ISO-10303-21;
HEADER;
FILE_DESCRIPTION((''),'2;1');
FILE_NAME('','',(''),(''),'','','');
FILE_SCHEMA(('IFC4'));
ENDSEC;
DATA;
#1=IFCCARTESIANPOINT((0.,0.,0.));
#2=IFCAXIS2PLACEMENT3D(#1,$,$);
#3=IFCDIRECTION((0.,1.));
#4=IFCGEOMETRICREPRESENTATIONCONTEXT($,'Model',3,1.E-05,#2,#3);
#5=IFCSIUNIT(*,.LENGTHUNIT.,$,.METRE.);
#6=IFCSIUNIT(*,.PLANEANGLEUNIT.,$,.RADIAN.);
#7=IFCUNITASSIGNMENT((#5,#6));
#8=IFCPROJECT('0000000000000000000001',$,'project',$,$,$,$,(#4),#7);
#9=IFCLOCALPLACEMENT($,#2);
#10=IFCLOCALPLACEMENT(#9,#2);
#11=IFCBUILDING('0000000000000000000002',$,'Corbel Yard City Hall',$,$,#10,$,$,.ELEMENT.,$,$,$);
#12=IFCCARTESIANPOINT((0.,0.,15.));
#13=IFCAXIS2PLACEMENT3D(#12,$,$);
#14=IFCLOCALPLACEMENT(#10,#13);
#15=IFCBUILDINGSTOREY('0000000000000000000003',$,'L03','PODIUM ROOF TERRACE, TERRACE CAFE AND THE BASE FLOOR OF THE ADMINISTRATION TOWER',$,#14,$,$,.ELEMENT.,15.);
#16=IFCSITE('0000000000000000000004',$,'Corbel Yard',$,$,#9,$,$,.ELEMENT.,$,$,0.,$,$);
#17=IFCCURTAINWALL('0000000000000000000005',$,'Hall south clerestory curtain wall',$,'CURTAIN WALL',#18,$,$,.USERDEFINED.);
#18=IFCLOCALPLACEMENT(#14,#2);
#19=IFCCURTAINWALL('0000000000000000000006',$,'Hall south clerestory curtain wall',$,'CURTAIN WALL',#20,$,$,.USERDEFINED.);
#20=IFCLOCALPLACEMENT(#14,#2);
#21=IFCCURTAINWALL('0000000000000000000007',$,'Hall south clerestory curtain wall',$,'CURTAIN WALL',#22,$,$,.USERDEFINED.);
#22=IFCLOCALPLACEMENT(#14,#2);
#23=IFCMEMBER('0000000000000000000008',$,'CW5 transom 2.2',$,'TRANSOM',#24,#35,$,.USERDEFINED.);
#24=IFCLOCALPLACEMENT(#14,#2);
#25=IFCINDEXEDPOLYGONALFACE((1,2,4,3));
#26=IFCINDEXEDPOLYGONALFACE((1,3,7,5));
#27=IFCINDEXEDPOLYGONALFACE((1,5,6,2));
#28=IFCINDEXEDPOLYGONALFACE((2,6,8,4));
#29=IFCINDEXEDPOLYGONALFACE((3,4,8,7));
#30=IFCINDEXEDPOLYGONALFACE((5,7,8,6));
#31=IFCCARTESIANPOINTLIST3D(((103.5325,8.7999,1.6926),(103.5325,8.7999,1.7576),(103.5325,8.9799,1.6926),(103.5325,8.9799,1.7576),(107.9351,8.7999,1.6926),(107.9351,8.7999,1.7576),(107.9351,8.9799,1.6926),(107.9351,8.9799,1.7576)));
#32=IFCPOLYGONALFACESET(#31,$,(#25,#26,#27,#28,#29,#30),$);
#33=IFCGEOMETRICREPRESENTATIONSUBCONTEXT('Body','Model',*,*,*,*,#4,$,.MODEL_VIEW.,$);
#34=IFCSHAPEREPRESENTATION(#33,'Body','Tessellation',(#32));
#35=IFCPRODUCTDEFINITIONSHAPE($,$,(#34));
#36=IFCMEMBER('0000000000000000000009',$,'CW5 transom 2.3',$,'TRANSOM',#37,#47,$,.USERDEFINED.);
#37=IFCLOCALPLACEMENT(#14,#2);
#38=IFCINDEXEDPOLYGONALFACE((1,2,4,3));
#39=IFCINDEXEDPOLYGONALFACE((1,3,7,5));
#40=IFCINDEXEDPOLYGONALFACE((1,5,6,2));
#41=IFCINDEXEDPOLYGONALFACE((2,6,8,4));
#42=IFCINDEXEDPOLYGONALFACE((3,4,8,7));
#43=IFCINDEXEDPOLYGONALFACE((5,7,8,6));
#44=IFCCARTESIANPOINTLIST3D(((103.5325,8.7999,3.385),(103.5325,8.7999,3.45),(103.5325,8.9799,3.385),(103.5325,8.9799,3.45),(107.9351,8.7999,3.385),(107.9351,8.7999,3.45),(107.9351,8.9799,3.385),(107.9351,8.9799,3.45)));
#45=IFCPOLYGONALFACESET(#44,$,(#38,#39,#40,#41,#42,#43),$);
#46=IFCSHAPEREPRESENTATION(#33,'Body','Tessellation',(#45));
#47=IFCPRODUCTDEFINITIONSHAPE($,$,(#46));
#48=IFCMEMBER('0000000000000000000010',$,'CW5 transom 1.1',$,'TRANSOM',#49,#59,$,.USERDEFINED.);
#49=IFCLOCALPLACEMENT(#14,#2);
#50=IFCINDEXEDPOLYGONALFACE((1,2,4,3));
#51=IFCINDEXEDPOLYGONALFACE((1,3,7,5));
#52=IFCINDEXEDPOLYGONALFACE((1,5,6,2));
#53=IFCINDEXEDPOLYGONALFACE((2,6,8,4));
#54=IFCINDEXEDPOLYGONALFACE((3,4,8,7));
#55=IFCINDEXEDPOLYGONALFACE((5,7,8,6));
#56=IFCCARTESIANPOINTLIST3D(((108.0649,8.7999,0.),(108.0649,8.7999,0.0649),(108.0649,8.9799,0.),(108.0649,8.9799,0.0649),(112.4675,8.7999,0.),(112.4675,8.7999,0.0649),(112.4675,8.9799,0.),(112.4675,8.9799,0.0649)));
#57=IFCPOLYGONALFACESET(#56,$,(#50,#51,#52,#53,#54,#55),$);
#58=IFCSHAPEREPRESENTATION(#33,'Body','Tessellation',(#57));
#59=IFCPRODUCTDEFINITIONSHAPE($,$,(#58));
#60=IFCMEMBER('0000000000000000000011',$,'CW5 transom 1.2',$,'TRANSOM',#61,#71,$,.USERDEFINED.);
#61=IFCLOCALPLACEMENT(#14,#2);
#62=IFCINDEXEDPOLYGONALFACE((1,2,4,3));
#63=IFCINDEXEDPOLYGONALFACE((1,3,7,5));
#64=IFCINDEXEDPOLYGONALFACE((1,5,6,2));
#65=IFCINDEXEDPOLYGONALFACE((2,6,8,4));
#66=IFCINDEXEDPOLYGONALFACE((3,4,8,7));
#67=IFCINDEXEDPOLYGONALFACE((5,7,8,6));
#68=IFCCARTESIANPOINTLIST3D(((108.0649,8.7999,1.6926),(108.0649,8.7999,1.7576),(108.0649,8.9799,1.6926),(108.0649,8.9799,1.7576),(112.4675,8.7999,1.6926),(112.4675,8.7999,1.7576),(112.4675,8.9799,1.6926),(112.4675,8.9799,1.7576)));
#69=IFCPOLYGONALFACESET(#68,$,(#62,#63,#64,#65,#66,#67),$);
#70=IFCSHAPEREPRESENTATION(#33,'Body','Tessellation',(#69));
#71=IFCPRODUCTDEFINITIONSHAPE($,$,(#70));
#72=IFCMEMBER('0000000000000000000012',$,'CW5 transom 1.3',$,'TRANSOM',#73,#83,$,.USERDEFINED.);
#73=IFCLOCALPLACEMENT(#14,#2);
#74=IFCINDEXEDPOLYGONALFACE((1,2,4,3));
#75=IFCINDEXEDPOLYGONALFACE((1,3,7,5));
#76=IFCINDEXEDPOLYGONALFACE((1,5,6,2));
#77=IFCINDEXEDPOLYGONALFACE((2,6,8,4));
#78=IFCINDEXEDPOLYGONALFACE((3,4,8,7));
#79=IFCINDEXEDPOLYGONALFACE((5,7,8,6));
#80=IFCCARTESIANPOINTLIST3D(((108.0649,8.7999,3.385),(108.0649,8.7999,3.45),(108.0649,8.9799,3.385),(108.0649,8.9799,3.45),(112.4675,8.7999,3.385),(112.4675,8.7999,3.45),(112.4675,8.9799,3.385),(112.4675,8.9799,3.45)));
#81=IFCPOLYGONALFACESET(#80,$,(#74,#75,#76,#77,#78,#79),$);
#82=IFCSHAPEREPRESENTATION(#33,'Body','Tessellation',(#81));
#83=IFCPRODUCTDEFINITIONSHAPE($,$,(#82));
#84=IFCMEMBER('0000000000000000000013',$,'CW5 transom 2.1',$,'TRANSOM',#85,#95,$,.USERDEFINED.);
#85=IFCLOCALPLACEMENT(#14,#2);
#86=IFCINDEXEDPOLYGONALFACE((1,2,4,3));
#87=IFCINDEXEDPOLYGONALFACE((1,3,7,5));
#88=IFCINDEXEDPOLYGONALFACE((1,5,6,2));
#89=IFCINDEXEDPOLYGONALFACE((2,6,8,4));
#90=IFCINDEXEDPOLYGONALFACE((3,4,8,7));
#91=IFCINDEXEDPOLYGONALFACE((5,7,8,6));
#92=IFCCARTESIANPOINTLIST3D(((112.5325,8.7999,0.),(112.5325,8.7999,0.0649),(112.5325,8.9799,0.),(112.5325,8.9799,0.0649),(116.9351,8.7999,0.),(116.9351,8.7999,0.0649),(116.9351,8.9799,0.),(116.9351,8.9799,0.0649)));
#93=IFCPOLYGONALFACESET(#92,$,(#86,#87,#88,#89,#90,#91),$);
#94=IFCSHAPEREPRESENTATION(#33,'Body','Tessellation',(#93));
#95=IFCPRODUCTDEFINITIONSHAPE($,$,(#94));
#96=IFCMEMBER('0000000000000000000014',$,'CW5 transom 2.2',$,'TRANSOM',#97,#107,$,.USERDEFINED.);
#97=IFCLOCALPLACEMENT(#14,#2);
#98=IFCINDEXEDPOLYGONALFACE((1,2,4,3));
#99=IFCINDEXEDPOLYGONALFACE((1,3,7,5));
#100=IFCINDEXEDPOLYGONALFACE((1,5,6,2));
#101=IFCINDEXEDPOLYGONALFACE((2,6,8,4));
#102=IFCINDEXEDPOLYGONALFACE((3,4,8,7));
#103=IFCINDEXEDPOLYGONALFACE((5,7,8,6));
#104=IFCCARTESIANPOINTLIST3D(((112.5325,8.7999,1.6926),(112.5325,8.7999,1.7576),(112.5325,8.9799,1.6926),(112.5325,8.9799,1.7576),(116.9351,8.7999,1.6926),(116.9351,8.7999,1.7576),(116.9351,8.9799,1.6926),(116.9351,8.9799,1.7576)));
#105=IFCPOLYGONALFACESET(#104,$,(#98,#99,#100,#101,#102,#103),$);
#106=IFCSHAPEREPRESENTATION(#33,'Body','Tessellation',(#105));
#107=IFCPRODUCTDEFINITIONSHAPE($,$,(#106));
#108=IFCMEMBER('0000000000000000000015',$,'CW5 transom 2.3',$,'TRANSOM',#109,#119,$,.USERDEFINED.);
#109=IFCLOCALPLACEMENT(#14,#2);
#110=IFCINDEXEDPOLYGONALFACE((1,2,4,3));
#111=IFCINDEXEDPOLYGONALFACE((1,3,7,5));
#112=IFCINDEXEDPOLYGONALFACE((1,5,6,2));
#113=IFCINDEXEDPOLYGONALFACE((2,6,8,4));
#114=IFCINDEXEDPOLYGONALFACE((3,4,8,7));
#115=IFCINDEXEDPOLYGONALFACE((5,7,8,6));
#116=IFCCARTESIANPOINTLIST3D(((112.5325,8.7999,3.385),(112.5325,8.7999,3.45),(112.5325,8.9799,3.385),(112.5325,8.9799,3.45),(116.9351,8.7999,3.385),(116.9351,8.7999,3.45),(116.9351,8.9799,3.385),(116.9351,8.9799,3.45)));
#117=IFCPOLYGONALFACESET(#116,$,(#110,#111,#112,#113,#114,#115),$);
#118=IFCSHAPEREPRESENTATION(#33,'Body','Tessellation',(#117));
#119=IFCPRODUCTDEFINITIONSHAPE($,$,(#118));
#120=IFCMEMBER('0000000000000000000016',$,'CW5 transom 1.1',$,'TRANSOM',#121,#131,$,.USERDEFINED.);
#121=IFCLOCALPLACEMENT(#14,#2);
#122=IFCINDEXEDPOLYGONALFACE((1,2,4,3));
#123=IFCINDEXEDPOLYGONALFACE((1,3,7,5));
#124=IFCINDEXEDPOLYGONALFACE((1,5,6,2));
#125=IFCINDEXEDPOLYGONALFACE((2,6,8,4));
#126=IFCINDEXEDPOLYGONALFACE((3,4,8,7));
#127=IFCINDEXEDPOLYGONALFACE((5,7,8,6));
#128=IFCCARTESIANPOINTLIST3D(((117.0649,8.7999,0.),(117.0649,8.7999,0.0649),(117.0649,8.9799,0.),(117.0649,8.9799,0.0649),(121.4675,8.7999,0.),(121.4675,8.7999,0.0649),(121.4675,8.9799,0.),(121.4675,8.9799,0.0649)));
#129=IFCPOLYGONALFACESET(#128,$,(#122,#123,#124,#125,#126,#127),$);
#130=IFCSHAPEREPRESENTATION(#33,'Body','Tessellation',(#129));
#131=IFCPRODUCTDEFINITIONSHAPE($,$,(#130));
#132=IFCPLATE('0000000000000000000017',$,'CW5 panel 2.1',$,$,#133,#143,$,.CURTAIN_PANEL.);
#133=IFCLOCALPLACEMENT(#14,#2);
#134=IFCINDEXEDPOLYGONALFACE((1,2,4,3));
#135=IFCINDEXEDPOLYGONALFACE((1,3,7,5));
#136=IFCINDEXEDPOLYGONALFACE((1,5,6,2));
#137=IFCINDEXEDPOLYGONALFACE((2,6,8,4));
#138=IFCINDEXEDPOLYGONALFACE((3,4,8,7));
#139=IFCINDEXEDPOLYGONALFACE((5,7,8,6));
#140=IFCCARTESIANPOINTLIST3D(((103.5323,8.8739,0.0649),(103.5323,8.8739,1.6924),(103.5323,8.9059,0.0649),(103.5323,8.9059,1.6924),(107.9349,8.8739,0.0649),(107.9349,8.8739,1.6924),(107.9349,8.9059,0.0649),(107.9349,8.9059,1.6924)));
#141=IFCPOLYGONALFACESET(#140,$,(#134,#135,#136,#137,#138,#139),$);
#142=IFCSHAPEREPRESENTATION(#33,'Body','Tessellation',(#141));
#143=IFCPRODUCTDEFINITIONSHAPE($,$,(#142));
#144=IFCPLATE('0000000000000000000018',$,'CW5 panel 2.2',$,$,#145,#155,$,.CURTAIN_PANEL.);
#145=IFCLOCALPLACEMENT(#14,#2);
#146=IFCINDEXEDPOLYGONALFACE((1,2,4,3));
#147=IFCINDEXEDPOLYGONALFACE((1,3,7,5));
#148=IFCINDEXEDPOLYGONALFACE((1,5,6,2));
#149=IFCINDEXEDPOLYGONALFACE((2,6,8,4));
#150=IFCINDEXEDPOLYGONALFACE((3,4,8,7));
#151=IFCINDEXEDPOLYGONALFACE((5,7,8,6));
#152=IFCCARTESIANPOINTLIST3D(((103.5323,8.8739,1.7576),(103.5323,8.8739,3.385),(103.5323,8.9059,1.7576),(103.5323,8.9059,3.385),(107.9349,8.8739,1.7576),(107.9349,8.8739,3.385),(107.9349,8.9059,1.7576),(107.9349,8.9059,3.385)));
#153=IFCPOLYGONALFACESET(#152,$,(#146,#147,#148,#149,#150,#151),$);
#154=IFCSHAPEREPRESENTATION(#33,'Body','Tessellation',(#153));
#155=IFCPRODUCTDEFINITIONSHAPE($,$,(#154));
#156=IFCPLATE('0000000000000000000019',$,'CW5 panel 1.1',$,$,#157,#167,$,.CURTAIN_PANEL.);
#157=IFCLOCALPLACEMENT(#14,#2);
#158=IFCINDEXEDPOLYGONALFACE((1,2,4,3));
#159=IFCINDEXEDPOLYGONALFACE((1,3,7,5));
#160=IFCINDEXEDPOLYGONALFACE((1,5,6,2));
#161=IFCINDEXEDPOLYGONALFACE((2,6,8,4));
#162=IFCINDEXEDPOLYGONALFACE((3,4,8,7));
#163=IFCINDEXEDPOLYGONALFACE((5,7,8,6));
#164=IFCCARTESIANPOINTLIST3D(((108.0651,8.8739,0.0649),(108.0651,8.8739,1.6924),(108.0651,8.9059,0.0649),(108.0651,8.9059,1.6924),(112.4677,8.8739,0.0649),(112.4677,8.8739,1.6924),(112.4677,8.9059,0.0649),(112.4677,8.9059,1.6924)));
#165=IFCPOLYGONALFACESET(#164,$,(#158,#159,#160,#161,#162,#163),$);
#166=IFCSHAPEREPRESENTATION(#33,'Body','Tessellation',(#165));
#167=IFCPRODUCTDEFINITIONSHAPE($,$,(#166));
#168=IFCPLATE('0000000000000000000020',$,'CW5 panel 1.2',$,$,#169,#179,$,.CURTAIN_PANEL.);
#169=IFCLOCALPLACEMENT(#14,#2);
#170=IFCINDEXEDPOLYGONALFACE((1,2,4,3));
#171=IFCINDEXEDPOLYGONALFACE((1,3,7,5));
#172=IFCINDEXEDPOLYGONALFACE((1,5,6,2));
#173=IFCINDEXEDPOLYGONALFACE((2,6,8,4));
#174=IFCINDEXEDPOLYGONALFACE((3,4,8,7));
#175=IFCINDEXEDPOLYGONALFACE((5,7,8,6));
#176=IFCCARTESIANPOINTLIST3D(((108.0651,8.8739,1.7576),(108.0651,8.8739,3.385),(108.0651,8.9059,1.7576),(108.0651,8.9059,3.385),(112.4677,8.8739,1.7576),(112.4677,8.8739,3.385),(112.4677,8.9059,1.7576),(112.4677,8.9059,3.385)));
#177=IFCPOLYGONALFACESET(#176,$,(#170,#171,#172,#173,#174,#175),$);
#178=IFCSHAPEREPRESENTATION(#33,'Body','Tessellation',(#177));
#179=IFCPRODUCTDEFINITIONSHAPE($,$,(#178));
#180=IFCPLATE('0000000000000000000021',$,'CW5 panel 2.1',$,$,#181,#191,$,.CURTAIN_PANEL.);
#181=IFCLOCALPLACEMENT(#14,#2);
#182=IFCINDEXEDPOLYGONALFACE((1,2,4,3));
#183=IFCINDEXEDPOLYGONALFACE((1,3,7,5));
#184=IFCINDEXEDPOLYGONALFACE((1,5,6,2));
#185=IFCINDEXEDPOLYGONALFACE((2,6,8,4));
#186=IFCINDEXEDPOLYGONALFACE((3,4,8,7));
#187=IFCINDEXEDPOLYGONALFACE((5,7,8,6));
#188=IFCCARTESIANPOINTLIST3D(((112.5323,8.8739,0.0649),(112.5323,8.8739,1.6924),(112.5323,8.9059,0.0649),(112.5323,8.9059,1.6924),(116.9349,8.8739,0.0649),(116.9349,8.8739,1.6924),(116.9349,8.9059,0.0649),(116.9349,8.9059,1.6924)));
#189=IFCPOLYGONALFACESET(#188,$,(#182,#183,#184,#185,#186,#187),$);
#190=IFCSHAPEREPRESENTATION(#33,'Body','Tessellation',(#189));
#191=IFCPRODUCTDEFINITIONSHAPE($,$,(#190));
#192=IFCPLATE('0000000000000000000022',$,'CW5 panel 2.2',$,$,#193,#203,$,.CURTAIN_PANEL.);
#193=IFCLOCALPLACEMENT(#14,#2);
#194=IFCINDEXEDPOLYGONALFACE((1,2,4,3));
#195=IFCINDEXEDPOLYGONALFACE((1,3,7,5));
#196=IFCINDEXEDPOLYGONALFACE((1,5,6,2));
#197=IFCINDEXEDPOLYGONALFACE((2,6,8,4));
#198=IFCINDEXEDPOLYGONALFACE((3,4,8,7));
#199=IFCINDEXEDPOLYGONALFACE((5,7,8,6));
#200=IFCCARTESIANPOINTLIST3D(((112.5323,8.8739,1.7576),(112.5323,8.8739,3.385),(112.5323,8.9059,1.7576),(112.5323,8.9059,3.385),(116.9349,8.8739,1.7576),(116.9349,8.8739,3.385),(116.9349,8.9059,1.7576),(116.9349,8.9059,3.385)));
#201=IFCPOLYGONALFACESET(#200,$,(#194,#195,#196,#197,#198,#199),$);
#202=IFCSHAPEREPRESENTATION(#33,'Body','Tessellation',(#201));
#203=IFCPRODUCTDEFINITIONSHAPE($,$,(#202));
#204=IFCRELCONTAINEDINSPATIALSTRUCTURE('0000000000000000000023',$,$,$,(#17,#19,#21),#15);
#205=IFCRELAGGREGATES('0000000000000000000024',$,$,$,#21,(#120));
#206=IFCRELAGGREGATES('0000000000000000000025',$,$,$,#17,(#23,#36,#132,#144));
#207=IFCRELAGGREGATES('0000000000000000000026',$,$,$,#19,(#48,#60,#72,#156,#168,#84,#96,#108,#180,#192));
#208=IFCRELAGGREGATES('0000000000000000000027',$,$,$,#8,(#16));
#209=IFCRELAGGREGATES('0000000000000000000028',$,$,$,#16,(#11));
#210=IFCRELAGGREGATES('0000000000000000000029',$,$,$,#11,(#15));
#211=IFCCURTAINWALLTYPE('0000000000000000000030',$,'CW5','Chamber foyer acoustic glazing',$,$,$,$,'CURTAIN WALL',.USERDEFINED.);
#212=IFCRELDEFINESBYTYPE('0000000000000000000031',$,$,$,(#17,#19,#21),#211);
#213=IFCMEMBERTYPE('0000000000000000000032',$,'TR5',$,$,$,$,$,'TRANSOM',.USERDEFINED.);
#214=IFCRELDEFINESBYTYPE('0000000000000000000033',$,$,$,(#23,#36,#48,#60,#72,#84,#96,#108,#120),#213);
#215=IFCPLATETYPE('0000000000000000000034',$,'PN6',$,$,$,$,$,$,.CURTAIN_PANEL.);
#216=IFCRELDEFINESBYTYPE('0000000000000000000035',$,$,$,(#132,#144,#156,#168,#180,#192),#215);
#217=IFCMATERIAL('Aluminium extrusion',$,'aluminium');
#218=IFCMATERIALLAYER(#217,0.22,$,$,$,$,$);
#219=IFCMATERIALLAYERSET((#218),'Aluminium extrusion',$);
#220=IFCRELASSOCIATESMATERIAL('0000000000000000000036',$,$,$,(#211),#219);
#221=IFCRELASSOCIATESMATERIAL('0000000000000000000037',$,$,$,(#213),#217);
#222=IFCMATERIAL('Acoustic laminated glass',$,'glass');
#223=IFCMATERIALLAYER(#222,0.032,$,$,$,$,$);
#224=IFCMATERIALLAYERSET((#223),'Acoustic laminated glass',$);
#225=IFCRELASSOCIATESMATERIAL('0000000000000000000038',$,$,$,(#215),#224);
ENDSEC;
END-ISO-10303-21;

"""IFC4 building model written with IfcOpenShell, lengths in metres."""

from ifc_helpers import new_model, si_unit, direction, frame, origin, origin_2d, place, context, subcontext, project, spatial, rectangle, extrude, material, layer, layer_set, material_profile, profile_set, type_object, element, aggregate, save


model = new_model("IFC4")

# Units and contexts
model_context = context("Model", 3, precision=1e-05, world=origin(), true_north=direction((0.0, 1.0)))
body_context = subcontext(model_context, "Body", "Model", "MODEL_VIEW")
ifc_project = project(units=[si_unit("LENGTHUNIT", "METRE"), si_unit("PLANEANGLEUNIT", "RADIAN")], contexts=[model_context])

# Site, building, storey
site_placement = place(None, origin())
site = spatial("IfcSite", under=ifc_project, at=site_placement, Name="Corbel Yard", CompositionType="ELEMENT", RefElevation=0.0)
building_placement = place(site_placement, origin())
building = spatial("IfcBuilding", under=site, at=building_placement, Name="Corbel Yard City Hall", CompositionType="ELEMENT")
storey_placement = place(building_placement, frame((0.0, 0.0, 15.0)))
storey = spatial("IfcBuildingStorey", under=building, at=storey_placement, Name="L03", Description="PODIUM ROOF TERRACE, TERRACE CAFE AND THE BASE FLOOR OF THE ADMINISTRATION TOWER", CompositionType="ELEMENT", Elevation=15.0)

# Curtain walls
ifc_material_1 = material(Name="Aluminium extrusion", Category="aluminium")
ifc_layer_1 = layer(ifc_material_1, 0.22)
ifc_layer_set_1 = layer_set([ifc_layer_1], Name="Aluminium extrusion")
curtain_wall_type = type_object("IfcCurtainWallType", Name="CW5", Description="Chamber foyer acoustic glazing", ElementType="CURTAIN WALL", PredefinedType="USERDEFINED", material=ifc_layer_set_1)
curtain_wall_1_placement = place(storey_placement, origin())
curtain_wall_1 = element("IfcCurtainWall", 1, at=curtain_wall_1_placement, inside=storey, type_object=curtain_wall_type, Name="Hall south clerestory curtain wall", ObjectType="CURTAIN WALL", PredefinedType="USERDEFINED")
curtain_wall_2_placement = place(storey_placement, origin())
curtain_wall_2 = element("IfcCurtainWall", 2, at=curtain_wall_2_placement, inside=storey, type_object=curtain_wall_type, Name="Hall south clerestory curtain wall", ObjectType="CURTAIN WALL", PredefinedType="USERDEFINED")

# Curtain wall
curtain_wall_3_placement = place(storey_placement, origin())
curtain_wall_3 = element("IfcCurtainWall", 3, at=curtain_wall_3_placement, inside=storey, type_object=curtain_wall_type, Name="Hall south clerestory curtain wall", ObjectType="CURTAIN WALL", PredefinedType="USERDEFINED")

# Members
ifc_material_profile_1 = material_profile(ifc_material_1, rectangle(XDim=0.1799, YDim=0.0649, at=origin_2d()), Name="180x65")
ifc_profile_set_1 = profile_set([ifc_material_profile_1], Name="Aluminium extrusion")
member_type_1 = type_object("IfcMemberType", Name="TR5", ElementType="TRANSOM", PredefinedType="USERDEFINED", material=ifc_profile_set_1)
member_1_placement = place(storey_placement, frame((103.5325, 8.8899, 1.7251), z_axis=(1.0, 0.0, 0.0), x_axis=(0.0, 1.0, 0.0)))
member_1 = element("IfcMember", 4, at=member_1_placement, type_object=member_type_1, Name="CW5 transom 2.2", ObjectType="TRANSOM", PredefinedType="USERDEFINED", context=body_context, shape_type="SweptSolid", body=[
    extrude(rectangle(XDim=0.1799, YDim=0.0649, at=origin_2d()), origin(), (0.0, 0.0, 1.0), 4.4026),
])
member_2_placement = place(storey_placement, frame((103.5325, 8.8899, 3.4175), z_axis=(1.0, 0.0, 0.0), x_axis=(0.0, 1.0, 0.0)))
member_2 = element("IfcMember", 5, at=member_2_placement, type_object=member_type_1, Name="CW5 transom 2.3", ObjectType="TRANSOM", PredefinedType="USERDEFINED", context=body_context, shape_type="SweptSolid", body=[
    extrude(rectangle(XDim=0.1799, YDim=0.0649, at=origin_2d()), origin(), (0.0, 0.0, 1.0), 4.4026),
])
member_3_placement = place(storey_placement, frame((108.0649, 8.8899, 0.0325), z_axis=(1.0, 0.0, 0.0), x_axis=(0.0, 1.0, 0.0)))
member_3 = element("IfcMember", 6, at=member_3_placement, type_object=member_type_1, Name="CW5 transom 1.1", ObjectType="TRANSOM", PredefinedType="USERDEFINED", context=body_context, shape_type="SweptSolid", body=[
    extrude(rectangle(XDim=0.1799, YDim=0.0649, at=origin_2d()), origin(), (0.0, 0.0, 1.0), 4.4026),
])
member_4_placement = place(storey_placement, frame((108.0649, 8.8899, 1.7251), z_axis=(1.0, 0.0, 0.0), x_axis=(0.0, 1.0, 0.0)))
member_4 = element("IfcMember", 7, at=member_4_placement, type_object=member_type_1, Name="CW5 transom 1.2", ObjectType="TRANSOM", PredefinedType="USERDEFINED", context=body_context, shape_type="SweptSolid", body=[
    extrude(rectangle(XDim=0.1799, YDim=0.0649, at=origin_2d()), origin(), (0.0, 0.0, 1.0), 4.4026),
])
member_5_placement = place(storey_placement, frame((108.0649, 8.8899, 3.4175), z_axis=(1.0, 0.0, 0.0), x_axis=(0.0, 1.0, 0.0)))
member_5 = element("IfcMember", 8, at=member_5_placement, type_object=member_type_1, Name="CW5 transom 1.3", ObjectType="TRANSOM", PredefinedType="USERDEFINED", context=body_context, shape_type="SweptSolid", body=[
    extrude(rectangle(XDim=0.1799, YDim=0.0649, at=origin_2d()), origin(), (0.0, 0.0, 1.0), 4.4026),
])
member_6_placement = place(storey_placement, frame((112.5325, 8.8899, 0.0325), z_axis=(1.0, 0.0, 0.0), x_axis=(0.0, 1.0, 0.0)))
member_6 = element("IfcMember", 9, at=member_6_placement, type_object=member_type_1, Name="CW5 transom 2.1", ObjectType="TRANSOM", PredefinedType="USERDEFINED", context=body_context, shape_type="SweptSolid", body=[
    extrude(rectangle(XDim=0.1799, YDim=0.0649, at=origin_2d()), origin(), (0.0, 0.0, 1.0), 4.4026),
])
member_7_placement = place(storey_placement, frame((112.5325, 8.8899, 1.7251), z_axis=(1.0, 0.0, 0.0), x_axis=(0.0, 1.0, 0.0)))
member_7 = element("IfcMember", 10, at=member_7_placement, type_object=member_type_1, Name="CW5 transom 2.2", ObjectType="TRANSOM", PredefinedType="USERDEFINED", context=body_context, shape_type="SweptSolid", body=[
    extrude(rectangle(XDim=0.1799, YDim=0.0649, at=origin_2d()), origin(), (0.0, 0.0, 1.0), 4.4026),
])
member_8_placement = place(storey_placement, frame((112.5325, 8.8899, 3.4175), z_axis=(1.0, 0.0, 0.0), x_axis=(0.0, 1.0, 0.0)))
member_8 = element("IfcMember", 11, at=member_8_placement, type_object=member_type_1, Name="CW5 transom 2.3", ObjectType="TRANSOM", PredefinedType="USERDEFINED", context=body_context, shape_type="SweptSolid", body=[
    extrude(rectangle(XDim=0.1799, YDim=0.0649, at=origin_2d()), origin(), (0.0, 0.0, 1.0), 4.4026),
])
member_9_placement = place(storey_placement, frame((117.0649, 8.8899, 0.0325), z_axis=(1.0, 0.0, 0.0), x_axis=(0.0, 1.0, 0.0)))
member_9 = element("IfcMember", 12, at=member_9_placement, type_object=member_type_1, Name="CW5 transom 1.1", ObjectType="TRANSOM", PredefinedType="USERDEFINED", context=body_context, shape_type="SweptSolid", body=[
    extrude(rectangle(XDim=0.1799, YDim=0.0649, at=origin_2d()), origin(), (0.0, 0.0, 1.0), 4.4026),
])
aggregate(curtain_wall_3, [member_9])

# Plates
ifc_material_2 = material(Name="Acoustic laminated glass", Category="glass")
ifc_layer_2 = layer(ifc_material_2, 0.032)
ifc_layer_set_2 = layer_set([ifc_layer_2], Name="Acoustic laminated glass")
plate_type = type_object("IfcPlateType", Name="PN6", PredefinedType="CURTAIN_PANEL", material=ifc_layer_set_2)
plate_1_placement = place(storey_placement, frame((105.7336, 8.8899, 0.0649), z_axis=(0.0, 0.0, 1.0), x_axis=(1.0, 0.0, 0.0)))
plate_1 = element("IfcPlate", 13, at=plate_1_placement, type_object=plate_type, Name="CW5 panel 2.1", PredefinedType="CURTAIN_PANEL", context=body_context, shape_type="SweptSolid", body=[
    extrude(rectangle(XDim=4.4026, YDim=0.032, at=origin_2d()), origin(), (0.0, 0.0, 1.0), 1.6274),
])
plate_2_placement = place(storey_placement, frame((105.7336, 8.8899, 1.7576), z_axis=(0.0, 0.0, 1.0), x_axis=(1.0, 0.0, 0.0)))
plate_2 = element("IfcPlate", 14, at=plate_2_placement, type_object=plate_type, Name="CW5 panel 2.2", PredefinedType="CURTAIN_PANEL", context=body_context, shape_type="SweptSolid", body=[
    extrude(rectangle(XDim=4.4026, YDim=0.032, at=origin_2d()), origin(), (0.0, 0.0, 1.0), 1.6274),
])
aggregate(curtain_wall_1, [member_1, member_2, plate_1, plate_2])
plate_3_placement = place(storey_placement, frame((110.2664, 8.8899, 0.0649), z_axis=(0.0, 0.0, 1.0), x_axis=(1.0, 0.0, 0.0)))
plate_3 = element("IfcPlate", 15, at=plate_3_placement, type_object=plate_type, Name="CW5 panel 1.1", PredefinedType="CURTAIN_PANEL", context=body_context, shape_type="SweptSolid", body=[
    extrude(rectangle(XDim=4.4026, YDim=0.032, at=origin_2d()), origin(), (0.0, 0.0, 1.0), 1.6274),
])
plate_4_placement = place(storey_placement, frame((110.2664, 8.8899, 1.7576), z_axis=(0.0, 0.0, 1.0), x_axis=(1.0, 0.0, 0.0)))
plate_4 = element("IfcPlate", 16, at=plate_4_placement, type_object=plate_type, Name="CW5 panel 1.2", PredefinedType="CURTAIN_PANEL", context=body_context, shape_type="SweptSolid", body=[
    extrude(rectangle(XDim=4.4026, YDim=0.032, at=origin_2d()), origin(), (0.0, 0.0, 1.0), 1.6274),
])
plate_5_placement = place(storey_placement, frame((114.7336, 8.8899, 0.0649), z_axis=(0.0, 0.0, 1.0), x_axis=(1.0, 0.0, 0.0)))
plate_5 = element("IfcPlate", 17, at=plate_5_placement, type_object=plate_type, Name="CW5 panel 2.1", PredefinedType="CURTAIN_PANEL", context=body_context, shape_type="SweptSolid", body=[
    extrude(rectangle(XDim=4.4026, YDim=0.032, at=origin_2d()), origin(), (0.0, 0.0, 1.0), 1.6274),
])
plate_6_placement = place(storey_placement, frame((114.7336, 8.8899, 1.7576), z_axis=(0.0, 0.0, 1.0), x_axis=(1.0, 0.0, 0.0)))
plate_6 = element("IfcPlate", 18, at=plate_6_placement, type_object=plate_type, Name="CW5 panel 2.2", PredefinedType="CURTAIN_PANEL", context=body_context, shape_type="SweptSolid", body=[
    extrude(rectangle(XDim=4.4026, YDim=0.032, at=origin_2d()), origin(), (0.0, 0.0, 1.0), 1.6274),
])
aggregate(curtain_wall_2, [member_3, member_4, member_5, plate_3, plate_4, member_6, member_7, member_8, plate_5, plate_6])

save(model, "model.ifc")
